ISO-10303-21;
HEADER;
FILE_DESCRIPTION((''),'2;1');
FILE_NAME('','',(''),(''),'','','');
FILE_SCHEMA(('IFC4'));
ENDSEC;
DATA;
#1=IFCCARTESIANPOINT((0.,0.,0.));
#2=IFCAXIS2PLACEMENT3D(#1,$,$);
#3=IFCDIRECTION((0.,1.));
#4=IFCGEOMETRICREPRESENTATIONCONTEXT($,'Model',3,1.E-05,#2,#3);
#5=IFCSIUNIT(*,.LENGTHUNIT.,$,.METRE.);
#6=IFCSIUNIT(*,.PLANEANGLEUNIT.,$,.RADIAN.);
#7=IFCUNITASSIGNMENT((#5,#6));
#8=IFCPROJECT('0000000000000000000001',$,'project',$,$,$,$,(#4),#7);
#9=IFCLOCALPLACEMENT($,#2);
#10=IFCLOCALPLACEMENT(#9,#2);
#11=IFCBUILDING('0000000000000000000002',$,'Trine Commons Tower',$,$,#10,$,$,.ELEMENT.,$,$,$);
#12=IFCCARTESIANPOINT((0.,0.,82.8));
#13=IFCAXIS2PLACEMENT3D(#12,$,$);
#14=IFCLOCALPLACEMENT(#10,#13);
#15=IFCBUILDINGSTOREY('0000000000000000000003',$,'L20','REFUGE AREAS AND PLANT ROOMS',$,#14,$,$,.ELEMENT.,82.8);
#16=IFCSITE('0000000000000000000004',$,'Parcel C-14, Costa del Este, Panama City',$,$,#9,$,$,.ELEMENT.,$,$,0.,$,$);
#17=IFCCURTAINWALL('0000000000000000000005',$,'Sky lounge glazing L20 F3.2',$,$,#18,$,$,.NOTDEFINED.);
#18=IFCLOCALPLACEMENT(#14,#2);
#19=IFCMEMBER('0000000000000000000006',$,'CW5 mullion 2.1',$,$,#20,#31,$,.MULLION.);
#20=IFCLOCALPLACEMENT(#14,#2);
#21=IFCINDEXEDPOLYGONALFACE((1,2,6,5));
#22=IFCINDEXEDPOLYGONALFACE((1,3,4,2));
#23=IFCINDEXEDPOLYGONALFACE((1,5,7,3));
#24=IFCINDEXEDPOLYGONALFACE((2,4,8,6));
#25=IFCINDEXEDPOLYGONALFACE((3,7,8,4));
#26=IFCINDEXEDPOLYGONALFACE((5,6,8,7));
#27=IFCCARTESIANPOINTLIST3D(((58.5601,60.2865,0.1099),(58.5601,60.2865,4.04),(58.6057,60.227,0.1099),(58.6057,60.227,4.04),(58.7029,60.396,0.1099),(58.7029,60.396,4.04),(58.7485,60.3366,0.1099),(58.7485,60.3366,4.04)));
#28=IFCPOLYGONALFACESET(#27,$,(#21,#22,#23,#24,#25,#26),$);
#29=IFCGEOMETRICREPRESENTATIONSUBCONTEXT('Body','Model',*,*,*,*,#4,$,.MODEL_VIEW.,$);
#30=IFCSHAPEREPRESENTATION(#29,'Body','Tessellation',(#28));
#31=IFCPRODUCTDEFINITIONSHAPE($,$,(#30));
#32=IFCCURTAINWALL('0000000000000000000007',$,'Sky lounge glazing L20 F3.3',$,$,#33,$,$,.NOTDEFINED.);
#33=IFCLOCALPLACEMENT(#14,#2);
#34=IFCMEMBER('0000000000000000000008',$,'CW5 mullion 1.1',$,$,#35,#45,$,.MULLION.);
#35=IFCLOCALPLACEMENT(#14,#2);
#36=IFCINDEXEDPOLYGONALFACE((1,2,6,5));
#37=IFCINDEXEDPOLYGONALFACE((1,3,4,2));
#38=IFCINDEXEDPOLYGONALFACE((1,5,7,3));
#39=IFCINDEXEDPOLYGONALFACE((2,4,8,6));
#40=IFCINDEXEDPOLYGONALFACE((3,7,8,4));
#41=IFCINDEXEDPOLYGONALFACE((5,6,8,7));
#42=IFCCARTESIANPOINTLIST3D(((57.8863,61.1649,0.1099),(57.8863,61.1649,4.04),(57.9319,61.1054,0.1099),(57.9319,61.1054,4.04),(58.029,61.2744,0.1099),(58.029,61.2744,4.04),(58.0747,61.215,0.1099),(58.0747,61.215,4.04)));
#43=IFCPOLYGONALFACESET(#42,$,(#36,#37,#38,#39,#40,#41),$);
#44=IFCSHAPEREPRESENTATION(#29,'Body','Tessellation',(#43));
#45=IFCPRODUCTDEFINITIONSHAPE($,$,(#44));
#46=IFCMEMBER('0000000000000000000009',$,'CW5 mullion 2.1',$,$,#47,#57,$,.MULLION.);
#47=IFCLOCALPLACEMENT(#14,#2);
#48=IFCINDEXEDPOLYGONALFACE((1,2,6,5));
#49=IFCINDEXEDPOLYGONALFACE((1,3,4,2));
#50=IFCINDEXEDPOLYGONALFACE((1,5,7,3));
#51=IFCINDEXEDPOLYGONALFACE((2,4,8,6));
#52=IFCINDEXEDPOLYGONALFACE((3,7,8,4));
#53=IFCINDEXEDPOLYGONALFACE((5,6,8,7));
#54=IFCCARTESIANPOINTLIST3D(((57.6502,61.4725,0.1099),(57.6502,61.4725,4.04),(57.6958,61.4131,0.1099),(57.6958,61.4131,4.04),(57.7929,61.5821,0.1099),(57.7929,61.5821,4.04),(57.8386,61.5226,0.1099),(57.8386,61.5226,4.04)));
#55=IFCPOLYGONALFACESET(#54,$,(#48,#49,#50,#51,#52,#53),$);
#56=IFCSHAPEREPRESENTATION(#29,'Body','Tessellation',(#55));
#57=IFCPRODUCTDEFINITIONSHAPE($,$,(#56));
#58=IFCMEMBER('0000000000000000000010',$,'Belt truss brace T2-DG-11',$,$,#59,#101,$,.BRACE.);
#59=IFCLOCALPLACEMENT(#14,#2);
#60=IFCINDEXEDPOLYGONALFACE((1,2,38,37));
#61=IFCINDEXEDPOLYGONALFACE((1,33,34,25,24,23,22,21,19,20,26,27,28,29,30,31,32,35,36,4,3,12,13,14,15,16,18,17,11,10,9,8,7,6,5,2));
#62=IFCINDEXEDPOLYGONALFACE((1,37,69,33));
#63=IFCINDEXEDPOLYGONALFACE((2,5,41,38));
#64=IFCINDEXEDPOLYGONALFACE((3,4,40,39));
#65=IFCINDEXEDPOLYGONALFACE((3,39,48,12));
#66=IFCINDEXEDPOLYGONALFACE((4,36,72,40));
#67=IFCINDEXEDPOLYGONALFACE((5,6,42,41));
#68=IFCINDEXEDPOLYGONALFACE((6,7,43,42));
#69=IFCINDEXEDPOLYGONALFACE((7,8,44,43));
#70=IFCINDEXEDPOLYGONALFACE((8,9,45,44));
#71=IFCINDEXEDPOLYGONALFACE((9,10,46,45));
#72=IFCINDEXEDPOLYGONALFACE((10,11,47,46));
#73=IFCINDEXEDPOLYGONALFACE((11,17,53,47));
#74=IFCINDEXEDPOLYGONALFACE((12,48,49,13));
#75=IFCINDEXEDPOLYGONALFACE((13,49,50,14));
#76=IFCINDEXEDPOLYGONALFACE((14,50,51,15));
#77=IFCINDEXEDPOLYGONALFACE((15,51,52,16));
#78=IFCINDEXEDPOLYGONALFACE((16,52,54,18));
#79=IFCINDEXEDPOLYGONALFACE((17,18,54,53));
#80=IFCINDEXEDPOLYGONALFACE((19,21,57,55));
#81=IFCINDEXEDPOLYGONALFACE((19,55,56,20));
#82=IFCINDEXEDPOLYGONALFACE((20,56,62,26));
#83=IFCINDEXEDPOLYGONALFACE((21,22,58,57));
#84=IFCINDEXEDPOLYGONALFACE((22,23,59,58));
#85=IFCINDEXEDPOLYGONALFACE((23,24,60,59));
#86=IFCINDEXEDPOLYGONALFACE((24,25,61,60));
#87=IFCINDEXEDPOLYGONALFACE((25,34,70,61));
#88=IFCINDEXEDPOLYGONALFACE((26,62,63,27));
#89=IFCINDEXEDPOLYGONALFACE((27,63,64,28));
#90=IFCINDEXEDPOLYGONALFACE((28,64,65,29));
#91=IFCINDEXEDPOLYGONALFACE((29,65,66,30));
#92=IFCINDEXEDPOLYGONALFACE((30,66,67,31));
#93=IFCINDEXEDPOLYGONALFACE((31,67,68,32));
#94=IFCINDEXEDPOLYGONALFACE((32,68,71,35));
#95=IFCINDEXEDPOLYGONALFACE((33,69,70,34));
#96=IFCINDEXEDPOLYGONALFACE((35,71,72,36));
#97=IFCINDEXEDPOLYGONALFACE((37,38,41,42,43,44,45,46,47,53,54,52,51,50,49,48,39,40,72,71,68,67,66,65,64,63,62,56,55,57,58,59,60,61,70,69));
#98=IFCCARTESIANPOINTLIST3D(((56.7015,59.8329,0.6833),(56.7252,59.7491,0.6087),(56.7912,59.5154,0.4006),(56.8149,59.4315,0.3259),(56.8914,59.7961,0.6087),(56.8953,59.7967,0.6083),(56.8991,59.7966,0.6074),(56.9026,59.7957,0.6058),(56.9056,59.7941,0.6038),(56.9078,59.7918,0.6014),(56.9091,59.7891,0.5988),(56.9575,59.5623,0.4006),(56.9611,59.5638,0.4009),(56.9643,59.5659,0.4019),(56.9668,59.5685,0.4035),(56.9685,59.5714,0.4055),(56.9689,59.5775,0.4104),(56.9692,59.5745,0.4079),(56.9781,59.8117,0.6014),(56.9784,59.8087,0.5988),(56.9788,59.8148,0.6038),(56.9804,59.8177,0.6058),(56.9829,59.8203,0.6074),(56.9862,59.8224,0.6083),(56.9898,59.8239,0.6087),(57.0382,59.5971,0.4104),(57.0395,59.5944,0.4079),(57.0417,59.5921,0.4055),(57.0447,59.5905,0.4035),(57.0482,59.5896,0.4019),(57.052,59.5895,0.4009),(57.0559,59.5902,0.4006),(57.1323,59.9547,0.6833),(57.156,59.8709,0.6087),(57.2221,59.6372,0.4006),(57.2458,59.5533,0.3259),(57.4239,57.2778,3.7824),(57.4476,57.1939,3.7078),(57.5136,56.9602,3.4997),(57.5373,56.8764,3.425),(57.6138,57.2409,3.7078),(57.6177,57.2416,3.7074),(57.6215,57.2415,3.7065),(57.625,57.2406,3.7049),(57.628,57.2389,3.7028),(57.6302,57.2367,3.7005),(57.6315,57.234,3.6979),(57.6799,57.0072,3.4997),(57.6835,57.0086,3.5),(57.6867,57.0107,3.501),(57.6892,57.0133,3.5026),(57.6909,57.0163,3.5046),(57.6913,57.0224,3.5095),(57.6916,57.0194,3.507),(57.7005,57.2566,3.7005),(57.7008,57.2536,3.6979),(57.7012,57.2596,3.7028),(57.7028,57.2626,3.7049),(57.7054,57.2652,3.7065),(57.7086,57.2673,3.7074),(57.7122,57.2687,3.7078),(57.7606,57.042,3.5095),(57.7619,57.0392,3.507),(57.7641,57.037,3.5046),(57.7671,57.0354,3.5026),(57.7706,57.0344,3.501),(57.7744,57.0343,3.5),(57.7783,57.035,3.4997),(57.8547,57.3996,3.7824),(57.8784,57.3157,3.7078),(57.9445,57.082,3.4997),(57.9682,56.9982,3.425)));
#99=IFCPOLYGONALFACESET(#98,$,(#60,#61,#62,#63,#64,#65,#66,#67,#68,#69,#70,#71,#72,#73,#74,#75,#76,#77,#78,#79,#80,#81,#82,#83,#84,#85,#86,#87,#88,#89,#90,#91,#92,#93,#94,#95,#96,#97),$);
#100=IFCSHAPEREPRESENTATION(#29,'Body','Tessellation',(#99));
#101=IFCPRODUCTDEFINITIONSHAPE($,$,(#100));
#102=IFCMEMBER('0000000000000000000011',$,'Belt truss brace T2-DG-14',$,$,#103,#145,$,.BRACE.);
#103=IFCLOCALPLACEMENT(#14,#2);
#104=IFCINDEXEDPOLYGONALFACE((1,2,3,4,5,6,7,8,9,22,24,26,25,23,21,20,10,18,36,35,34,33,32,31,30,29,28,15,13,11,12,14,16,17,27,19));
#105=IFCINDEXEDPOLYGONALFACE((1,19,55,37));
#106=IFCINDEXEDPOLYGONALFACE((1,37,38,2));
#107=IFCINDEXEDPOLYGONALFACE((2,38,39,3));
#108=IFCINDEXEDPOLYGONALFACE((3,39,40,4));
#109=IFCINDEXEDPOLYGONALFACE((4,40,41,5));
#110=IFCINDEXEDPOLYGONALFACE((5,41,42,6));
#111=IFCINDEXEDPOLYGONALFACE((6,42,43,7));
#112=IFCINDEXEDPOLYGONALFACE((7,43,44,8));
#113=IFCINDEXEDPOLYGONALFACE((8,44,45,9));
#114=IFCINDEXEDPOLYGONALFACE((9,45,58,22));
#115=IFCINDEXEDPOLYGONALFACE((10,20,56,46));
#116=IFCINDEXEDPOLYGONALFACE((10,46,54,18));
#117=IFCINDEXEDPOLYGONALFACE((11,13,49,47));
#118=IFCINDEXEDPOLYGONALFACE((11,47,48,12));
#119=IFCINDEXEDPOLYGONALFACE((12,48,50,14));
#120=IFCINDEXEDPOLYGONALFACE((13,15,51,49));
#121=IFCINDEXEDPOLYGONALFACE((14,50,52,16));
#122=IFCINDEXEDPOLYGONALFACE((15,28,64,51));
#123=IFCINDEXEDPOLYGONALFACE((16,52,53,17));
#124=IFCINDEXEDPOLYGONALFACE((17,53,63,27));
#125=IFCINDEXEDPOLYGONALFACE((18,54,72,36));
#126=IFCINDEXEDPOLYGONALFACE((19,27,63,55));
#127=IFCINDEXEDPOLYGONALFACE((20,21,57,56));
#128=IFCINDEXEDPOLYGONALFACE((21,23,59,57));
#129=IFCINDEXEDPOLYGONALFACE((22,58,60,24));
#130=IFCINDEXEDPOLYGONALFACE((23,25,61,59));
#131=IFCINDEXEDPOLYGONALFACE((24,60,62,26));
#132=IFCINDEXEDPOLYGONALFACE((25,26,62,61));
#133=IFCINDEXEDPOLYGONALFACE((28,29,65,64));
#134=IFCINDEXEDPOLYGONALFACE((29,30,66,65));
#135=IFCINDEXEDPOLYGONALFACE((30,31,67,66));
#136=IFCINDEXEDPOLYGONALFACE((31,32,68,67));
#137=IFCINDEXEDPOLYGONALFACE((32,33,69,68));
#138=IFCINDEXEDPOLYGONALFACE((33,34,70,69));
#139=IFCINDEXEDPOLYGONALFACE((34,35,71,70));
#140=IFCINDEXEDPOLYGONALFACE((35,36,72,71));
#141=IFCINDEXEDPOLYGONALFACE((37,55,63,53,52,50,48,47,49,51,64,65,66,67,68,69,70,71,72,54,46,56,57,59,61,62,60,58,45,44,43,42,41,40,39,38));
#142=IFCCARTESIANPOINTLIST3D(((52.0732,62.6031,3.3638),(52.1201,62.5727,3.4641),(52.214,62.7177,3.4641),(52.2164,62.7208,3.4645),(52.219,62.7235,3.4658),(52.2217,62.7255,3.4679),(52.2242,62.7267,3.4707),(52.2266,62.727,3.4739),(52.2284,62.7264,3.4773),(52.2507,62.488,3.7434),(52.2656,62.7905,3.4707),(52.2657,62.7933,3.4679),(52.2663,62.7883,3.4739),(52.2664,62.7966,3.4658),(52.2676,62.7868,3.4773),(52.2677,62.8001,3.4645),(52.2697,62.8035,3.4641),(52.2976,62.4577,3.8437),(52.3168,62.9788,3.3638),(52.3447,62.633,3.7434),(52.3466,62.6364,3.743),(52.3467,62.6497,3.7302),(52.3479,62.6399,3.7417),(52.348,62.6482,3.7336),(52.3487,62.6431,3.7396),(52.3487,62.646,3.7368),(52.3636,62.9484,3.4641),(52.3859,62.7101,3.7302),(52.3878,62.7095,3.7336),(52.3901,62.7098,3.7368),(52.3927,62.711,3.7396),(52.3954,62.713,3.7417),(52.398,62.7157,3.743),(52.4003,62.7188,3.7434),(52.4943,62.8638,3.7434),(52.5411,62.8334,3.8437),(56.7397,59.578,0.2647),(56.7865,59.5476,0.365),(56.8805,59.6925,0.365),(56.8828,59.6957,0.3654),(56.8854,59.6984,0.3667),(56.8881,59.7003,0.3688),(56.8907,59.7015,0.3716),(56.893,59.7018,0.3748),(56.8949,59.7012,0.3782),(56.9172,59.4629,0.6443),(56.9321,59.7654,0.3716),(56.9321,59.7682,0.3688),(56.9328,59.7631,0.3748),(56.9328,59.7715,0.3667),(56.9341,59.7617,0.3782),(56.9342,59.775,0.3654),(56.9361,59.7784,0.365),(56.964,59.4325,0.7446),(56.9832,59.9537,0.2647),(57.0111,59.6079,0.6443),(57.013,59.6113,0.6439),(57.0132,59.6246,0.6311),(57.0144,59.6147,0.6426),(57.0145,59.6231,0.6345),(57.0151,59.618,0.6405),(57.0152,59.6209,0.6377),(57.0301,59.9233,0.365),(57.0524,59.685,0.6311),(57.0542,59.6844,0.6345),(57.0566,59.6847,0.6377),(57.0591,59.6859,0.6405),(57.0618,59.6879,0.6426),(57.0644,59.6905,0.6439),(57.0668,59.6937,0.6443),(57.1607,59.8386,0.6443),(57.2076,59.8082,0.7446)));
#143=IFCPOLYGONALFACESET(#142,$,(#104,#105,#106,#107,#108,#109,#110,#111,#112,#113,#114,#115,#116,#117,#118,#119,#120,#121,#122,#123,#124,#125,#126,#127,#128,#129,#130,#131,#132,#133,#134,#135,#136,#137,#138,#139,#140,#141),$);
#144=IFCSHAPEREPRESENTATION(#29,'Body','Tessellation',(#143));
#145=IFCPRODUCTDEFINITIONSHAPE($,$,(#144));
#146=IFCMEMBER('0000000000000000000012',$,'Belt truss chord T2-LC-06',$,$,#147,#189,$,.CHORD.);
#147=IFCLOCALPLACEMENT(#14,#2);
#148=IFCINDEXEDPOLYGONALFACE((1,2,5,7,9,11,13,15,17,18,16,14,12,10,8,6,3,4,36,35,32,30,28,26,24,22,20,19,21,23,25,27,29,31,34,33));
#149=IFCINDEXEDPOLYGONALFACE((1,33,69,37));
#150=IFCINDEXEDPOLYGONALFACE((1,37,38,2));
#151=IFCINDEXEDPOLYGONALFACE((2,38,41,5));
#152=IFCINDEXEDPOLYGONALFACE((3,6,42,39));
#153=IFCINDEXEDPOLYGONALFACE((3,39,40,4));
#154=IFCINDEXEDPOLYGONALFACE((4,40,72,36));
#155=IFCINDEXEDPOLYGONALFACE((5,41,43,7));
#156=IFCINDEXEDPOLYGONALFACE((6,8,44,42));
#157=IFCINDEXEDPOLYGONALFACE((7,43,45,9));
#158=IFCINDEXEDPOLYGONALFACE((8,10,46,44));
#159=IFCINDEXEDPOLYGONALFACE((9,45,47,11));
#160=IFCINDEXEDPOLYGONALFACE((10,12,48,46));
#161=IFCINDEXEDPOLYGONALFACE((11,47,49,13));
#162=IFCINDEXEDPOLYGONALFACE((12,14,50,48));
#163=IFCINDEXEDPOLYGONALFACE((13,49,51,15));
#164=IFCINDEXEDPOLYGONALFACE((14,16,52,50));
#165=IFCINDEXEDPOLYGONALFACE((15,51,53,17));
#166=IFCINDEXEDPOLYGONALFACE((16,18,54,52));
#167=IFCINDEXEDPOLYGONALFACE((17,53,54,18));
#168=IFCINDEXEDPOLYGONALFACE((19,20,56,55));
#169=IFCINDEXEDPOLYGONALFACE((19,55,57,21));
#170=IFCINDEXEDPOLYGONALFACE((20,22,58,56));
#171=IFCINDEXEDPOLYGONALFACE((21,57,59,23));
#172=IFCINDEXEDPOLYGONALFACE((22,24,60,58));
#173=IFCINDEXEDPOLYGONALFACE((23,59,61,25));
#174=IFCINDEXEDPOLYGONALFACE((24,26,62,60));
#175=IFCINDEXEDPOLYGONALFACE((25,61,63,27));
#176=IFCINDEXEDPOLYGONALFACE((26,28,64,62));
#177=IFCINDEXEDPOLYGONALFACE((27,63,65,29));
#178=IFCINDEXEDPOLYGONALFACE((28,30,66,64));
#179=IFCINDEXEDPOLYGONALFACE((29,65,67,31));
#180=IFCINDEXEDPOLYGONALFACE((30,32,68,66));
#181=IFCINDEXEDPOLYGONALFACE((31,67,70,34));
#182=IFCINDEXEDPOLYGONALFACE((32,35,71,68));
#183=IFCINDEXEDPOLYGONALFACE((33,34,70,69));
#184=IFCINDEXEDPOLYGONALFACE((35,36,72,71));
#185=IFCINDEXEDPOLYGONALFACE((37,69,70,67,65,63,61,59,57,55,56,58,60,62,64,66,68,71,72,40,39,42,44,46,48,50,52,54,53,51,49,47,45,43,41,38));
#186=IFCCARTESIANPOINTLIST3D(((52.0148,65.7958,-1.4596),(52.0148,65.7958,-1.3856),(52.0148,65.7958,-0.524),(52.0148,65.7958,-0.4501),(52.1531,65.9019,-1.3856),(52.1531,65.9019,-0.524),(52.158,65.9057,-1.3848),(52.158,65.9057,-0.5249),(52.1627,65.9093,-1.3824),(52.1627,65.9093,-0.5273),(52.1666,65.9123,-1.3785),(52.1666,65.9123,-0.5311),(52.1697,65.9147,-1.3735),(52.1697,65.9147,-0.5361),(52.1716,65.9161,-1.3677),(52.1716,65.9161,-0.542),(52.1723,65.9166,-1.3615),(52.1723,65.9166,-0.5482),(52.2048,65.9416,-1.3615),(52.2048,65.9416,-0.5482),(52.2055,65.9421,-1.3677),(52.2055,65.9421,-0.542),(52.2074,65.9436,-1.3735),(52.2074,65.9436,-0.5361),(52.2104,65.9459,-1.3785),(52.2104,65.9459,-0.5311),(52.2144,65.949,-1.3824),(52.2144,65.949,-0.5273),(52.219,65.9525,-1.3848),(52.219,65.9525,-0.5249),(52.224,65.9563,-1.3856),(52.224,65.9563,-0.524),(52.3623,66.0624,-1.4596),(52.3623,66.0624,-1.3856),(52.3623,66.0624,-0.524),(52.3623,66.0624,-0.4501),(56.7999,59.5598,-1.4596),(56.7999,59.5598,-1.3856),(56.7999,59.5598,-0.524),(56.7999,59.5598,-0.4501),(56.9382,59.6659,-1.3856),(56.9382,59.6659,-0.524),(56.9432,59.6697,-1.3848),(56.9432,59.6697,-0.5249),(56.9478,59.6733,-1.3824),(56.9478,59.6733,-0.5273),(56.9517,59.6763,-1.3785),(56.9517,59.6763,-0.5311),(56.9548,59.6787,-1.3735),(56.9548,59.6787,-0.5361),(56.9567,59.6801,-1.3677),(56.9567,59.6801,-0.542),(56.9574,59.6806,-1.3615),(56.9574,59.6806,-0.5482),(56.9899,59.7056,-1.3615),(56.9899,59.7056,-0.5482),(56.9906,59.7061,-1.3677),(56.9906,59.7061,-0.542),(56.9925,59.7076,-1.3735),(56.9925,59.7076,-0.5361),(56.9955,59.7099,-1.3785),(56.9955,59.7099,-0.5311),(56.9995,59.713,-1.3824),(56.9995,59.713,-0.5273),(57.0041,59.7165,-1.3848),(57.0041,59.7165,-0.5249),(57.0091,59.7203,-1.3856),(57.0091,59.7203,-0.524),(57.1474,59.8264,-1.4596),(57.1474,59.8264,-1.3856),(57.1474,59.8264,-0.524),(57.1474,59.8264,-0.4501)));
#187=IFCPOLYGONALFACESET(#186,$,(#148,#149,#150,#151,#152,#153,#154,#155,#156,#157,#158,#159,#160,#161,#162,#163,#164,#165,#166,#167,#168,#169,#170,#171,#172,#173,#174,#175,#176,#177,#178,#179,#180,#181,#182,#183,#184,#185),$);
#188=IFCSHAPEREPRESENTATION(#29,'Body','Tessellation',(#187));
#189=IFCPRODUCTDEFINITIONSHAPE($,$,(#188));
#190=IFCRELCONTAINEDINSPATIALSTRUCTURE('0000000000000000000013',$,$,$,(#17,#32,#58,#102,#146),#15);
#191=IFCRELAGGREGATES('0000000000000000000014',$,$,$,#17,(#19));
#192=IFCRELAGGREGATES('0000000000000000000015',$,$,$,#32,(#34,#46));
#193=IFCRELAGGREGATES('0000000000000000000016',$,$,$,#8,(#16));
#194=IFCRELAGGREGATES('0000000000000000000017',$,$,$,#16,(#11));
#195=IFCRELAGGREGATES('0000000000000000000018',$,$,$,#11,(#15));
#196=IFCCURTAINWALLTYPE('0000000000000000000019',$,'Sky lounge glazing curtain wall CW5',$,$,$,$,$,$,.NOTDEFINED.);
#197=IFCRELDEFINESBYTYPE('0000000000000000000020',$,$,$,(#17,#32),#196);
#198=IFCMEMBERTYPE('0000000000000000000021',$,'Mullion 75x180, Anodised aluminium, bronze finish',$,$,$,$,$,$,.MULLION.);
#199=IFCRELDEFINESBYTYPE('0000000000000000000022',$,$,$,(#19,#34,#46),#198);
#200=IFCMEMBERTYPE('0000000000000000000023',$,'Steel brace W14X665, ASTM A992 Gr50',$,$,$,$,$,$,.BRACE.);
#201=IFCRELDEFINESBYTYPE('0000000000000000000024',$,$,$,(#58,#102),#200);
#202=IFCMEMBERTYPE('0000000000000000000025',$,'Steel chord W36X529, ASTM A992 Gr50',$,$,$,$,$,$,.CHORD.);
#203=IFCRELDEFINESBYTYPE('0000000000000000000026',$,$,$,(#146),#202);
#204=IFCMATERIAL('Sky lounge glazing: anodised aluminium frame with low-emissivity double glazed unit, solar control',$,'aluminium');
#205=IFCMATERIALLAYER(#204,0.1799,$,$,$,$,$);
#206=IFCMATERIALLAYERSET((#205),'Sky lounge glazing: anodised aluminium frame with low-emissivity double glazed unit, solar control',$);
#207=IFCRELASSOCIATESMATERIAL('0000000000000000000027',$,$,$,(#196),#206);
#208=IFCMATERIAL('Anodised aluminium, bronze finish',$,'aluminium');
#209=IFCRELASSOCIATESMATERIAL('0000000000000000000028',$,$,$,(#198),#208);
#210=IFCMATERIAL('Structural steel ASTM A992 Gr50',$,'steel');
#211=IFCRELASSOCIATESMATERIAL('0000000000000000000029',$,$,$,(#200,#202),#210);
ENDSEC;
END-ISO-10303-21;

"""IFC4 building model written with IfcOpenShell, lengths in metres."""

from ifc_helpers import new_model, si_unit, direction, frame, origin, origin_2d, place, context, subcontext, project, spatial, rectangle, i_section, extrude, material, layer, layer_set, material_profile, profile_set, type_object, element, aggregate, save


model = new_model("IFC4")

# Units and contexts
model_context = context("Model", 3, precision=1e-05, world=origin(), true_north=direction((0.0, 1.0)))
body_context = subcontext(model_context, "Body", "Model", "MODEL_VIEW")
ifc_project = project(units=[si_unit("LENGTHUNIT", "METRE"), si_unit("PLANEANGLEUNIT", "RADIAN")], contexts=[model_context])

# Site, building, storey
site_placement = place(None, origin())
site = spatial("IfcSite", under=ifc_project, at=site_placement, Name="Parcel C-14, Costa del Este, Panama City", CompositionType="ELEMENT", RefElevation=0.0)
building_placement = place(site_placement, origin())
building = spatial("IfcBuilding", under=site, at=building_placement, Name="Trine Commons Tower", CompositionType="ELEMENT")
storey_placement = place(building_placement, frame((0.0, 0.0, 82.8)))
storey = spatial("IfcBuildingStorey", under=building, at=storey_placement, Name="L20", Description="REFUGE AREAS AND PLANT ROOMS", CompositionType="ELEMENT", Elevation=82.8)

# Curtain wall, member
ifc_material_1 = material(Name="Sky lounge glazing: anodised aluminium frame with low-emissivity double glazed unit, solar control", Category="aluminium")
ifc_layer_1 = layer(ifc_material_1, 0.1799)
ifc_layer_set_1 = layer_set([ifc_layer_1], Name="Sky lounge glazing: anodised aluminium frame with low-emissivity double glazed unit, solar control")
curtain_wall_type = type_object("IfcCurtainWallType", Name="Sky lounge glazing curtain wall CW5", PredefinedType="NOTDEFINED", material=ifc_layer_set_1)
curtain_wall_1_placement = place(storey_placement, origin())
curtain_wall_1 = element("IfcCurtainWall", 1, at=curtain_wall_1_placement, inside=storey, type_object=curtain_wall_type, Name="Sky lounge glazing L20 F3.2", PredefinedType="NOTDEFINED")
ifc_material_2 = material(Name="Anodised aluminium, bronze finish", Category="aluminium")
ifc_material_profile_1 = material_profile(ifc_material_2, rectangle(XDim=0.1799, YDim=0.075, at=origin_2d()), Name="Mullion 75x180")
ifc_profile_set_1 = profile_set([ifc_material_profile_1], Name="Anodised aluminium, bronze finish")
member_type_1 = type_object("IfcMemberType", Name="Mullion 75x180, Anodised aluminium, bronze finish", PredefinedType="MULLION", material=ifc_profile_set_1)
member_1_placement = place(storey_placement, frame((58.6543, 60.3115, 0.1099), z_axis=(0.0, 0.0, 1.0), x_axis=(-0.793353, -0.608761, 0.0)))
member_1 = element("IfcMember", 2, at=member_1_placement, type_object=member_type_1, Name="CW5 mullion 2.1", PredefinedType="MULLION", context=body_context, shape_type="SweptSolid", body=[
    extrude(rectangle(XDim=0.1799, YDim=0.075, at=origin_2d()), origin(), (0.0, 0.0, 1.0), 3.9302),
])
aggregate(curtain_wall_1, [member_1])

# Curtain wall, members
curtain_wall_2_placement = place(storey_placement, origin())
curtain_wall_2 = element("IfcCurtainWall", 3, at=curtain_wall_2_placement, inside=storey, type_object=curtain_wall_type, Name="Sky lounge glazing L20 F3.3", PredefinedType="NOTDEFINED")
member_2_placement = place(storey_placement, frame((57.9805, 61.1899, 0.1099), z_axis=(0.0, 0.0, 1.0), x_axis=(-0.793353, -0.608761, 0.0)))
member_2 = element("IfcMember", 4, at=member_2_placement, type_object=member_type_1, Name="CW5 mullion 1.1", PredefinedType="MULLION", context=body_context, shape_type="SweptSolid", body=[
    extrude(rectangle(XDim=0.1799, YDim=0.075, at=origin_2d()), origin(), (0.0, 0.0, 1.0), 3.9302),
])
member_3_placement = place(storey_placement, frame((57.7444, 61.4976, 0.1099), z_axis=(0.0, 0.0, 1.0), x_axis=(-0.793353, -0.608761, 0.0)))
member_3 = element("IfcMember", 5, at=member_3_placement, type_object=member_type_1, Name="CW5 mullion 2.1", PredefinedType="MULLION", context=body_context, shape_type="SweptSolid", body=[
    extrude(rectangle(XDim=0.1799, YDim=0.075, at=origin_2d()), origin(), (0.0, 0.0, 1.0), 3.9302),
])

# Members
ifc_material_3 = material(Name="Structural steel ASTM A992 Gr50", Category="steel")
ifc_material_profile_2 = material_profile(ifc_material_3, i_section(OverallWidth=0.4478, OverallDepth=0.5493, WebThickness=0.072, FlangeThickness=0.1147, FilletRadius=0.0151, at=origin_2d()), Name="W14X665")
ifc_profile_set_2 = profile_set([ifc_material_profile_2], Name="Structural steel ASTM A992 Gr50")
member_type_2 = type_object("IfcMemberType", Name="Steel brace W14X665, ASTM A992 Gr50", PredefinedType="BRACE", material=ifc_profile_set_2)
member_4_placement = place(storey_placement, frame((56.9736, 59.6931, 0.5046), z_axis=(0.177014, -0.6261, 0.759384), x_axis=(0.96228, 0.272061, 0.0)))
element("IfcMember", 6, at=member_4_placement, inside=storey, type_object=member_type_2, Name="Belt truss brace T2-DG-11", PredefinedType="BRACE", context=body_context, shape_type="SweptSolid", body=[
    extrude(i_section(OverallWidth=0.4478, OverallDepth=0.5493, WebThickness=0.072, FlangeThickness=0.1147, FilletRadius=0.0151, at=origin_2d()), origin(), (0.0, 0.0, 1.0), 4.0811),
])
member_5_placement = place(storey_placement, frame((56.9736, 59.6931, 0.5046), z_axis=(-0.732978, 0.475166, 0.486786), x_axis=(-0.543966, -0.839107, 0.0)))
element("IfcMember", 7, at=member_5_placement, inside=storey, type_object=member_type_2, Name="Belt truss brace T2-DG-14", PredefinedType="BRACE", context=body_context, shape_type="SweptSolid", body=[
    extrude(i_section(OverallWidth=0.4478, OverallDepth=0.5493, WebThickness=0.072, FlangeThickness=0.1147, FilletRadius=0.0151, at=origin_2d()), origin(), (0.0, 0.0, 1.0), 6.3665),
])
ifc_material_profile_3 = material_profile(ifc_material_3, i_section(OverallWidth=0.438, OverallDepth=1.0095, WebThickness=0.041, FlangeThickness=0.074, FilletRadius=0.0242, at=origin_2d()), Name="W36X529")
ifc_profile_set_3 = profile_set([ifc_material_profile_3], Name="Structural steel ASTM A992 Gr50")
member_type_3 = type_object("IfcMemberType", Name="Steel chord W36X529, ASTM A992 Gr50", PredefinedType="CHORD", material=ifc_profile_set_3)
member_6_placement = place(storey_placement, frame((56.9736, 59.6931, -0.9548), z_axis=(-0.608765, 0.793351, 0.0), x_axis=(-0.793351, -0.608765, 0.0)))
element("IfcMember", 8, at=member_6_placement, inside=storey, type_object=member_type_3, Name="Belt truss chord T2-LC-06", PredefinedType="CHORD", context=body_context, shape_type="SweptSolid", body=[
    extrude(i_section(OverallWidth=0.438, OverallDepth=1.0095, WebThickness=0.041, FlangeThickness=0.074, FilletRadius=0.0242, at=origin_2d()), origin(), (0.0, 0.0, 1.0), 7.8604),
])

aggregate(curtain_wall_2, [member_2, member_3])

save(model, "model.ifc")
